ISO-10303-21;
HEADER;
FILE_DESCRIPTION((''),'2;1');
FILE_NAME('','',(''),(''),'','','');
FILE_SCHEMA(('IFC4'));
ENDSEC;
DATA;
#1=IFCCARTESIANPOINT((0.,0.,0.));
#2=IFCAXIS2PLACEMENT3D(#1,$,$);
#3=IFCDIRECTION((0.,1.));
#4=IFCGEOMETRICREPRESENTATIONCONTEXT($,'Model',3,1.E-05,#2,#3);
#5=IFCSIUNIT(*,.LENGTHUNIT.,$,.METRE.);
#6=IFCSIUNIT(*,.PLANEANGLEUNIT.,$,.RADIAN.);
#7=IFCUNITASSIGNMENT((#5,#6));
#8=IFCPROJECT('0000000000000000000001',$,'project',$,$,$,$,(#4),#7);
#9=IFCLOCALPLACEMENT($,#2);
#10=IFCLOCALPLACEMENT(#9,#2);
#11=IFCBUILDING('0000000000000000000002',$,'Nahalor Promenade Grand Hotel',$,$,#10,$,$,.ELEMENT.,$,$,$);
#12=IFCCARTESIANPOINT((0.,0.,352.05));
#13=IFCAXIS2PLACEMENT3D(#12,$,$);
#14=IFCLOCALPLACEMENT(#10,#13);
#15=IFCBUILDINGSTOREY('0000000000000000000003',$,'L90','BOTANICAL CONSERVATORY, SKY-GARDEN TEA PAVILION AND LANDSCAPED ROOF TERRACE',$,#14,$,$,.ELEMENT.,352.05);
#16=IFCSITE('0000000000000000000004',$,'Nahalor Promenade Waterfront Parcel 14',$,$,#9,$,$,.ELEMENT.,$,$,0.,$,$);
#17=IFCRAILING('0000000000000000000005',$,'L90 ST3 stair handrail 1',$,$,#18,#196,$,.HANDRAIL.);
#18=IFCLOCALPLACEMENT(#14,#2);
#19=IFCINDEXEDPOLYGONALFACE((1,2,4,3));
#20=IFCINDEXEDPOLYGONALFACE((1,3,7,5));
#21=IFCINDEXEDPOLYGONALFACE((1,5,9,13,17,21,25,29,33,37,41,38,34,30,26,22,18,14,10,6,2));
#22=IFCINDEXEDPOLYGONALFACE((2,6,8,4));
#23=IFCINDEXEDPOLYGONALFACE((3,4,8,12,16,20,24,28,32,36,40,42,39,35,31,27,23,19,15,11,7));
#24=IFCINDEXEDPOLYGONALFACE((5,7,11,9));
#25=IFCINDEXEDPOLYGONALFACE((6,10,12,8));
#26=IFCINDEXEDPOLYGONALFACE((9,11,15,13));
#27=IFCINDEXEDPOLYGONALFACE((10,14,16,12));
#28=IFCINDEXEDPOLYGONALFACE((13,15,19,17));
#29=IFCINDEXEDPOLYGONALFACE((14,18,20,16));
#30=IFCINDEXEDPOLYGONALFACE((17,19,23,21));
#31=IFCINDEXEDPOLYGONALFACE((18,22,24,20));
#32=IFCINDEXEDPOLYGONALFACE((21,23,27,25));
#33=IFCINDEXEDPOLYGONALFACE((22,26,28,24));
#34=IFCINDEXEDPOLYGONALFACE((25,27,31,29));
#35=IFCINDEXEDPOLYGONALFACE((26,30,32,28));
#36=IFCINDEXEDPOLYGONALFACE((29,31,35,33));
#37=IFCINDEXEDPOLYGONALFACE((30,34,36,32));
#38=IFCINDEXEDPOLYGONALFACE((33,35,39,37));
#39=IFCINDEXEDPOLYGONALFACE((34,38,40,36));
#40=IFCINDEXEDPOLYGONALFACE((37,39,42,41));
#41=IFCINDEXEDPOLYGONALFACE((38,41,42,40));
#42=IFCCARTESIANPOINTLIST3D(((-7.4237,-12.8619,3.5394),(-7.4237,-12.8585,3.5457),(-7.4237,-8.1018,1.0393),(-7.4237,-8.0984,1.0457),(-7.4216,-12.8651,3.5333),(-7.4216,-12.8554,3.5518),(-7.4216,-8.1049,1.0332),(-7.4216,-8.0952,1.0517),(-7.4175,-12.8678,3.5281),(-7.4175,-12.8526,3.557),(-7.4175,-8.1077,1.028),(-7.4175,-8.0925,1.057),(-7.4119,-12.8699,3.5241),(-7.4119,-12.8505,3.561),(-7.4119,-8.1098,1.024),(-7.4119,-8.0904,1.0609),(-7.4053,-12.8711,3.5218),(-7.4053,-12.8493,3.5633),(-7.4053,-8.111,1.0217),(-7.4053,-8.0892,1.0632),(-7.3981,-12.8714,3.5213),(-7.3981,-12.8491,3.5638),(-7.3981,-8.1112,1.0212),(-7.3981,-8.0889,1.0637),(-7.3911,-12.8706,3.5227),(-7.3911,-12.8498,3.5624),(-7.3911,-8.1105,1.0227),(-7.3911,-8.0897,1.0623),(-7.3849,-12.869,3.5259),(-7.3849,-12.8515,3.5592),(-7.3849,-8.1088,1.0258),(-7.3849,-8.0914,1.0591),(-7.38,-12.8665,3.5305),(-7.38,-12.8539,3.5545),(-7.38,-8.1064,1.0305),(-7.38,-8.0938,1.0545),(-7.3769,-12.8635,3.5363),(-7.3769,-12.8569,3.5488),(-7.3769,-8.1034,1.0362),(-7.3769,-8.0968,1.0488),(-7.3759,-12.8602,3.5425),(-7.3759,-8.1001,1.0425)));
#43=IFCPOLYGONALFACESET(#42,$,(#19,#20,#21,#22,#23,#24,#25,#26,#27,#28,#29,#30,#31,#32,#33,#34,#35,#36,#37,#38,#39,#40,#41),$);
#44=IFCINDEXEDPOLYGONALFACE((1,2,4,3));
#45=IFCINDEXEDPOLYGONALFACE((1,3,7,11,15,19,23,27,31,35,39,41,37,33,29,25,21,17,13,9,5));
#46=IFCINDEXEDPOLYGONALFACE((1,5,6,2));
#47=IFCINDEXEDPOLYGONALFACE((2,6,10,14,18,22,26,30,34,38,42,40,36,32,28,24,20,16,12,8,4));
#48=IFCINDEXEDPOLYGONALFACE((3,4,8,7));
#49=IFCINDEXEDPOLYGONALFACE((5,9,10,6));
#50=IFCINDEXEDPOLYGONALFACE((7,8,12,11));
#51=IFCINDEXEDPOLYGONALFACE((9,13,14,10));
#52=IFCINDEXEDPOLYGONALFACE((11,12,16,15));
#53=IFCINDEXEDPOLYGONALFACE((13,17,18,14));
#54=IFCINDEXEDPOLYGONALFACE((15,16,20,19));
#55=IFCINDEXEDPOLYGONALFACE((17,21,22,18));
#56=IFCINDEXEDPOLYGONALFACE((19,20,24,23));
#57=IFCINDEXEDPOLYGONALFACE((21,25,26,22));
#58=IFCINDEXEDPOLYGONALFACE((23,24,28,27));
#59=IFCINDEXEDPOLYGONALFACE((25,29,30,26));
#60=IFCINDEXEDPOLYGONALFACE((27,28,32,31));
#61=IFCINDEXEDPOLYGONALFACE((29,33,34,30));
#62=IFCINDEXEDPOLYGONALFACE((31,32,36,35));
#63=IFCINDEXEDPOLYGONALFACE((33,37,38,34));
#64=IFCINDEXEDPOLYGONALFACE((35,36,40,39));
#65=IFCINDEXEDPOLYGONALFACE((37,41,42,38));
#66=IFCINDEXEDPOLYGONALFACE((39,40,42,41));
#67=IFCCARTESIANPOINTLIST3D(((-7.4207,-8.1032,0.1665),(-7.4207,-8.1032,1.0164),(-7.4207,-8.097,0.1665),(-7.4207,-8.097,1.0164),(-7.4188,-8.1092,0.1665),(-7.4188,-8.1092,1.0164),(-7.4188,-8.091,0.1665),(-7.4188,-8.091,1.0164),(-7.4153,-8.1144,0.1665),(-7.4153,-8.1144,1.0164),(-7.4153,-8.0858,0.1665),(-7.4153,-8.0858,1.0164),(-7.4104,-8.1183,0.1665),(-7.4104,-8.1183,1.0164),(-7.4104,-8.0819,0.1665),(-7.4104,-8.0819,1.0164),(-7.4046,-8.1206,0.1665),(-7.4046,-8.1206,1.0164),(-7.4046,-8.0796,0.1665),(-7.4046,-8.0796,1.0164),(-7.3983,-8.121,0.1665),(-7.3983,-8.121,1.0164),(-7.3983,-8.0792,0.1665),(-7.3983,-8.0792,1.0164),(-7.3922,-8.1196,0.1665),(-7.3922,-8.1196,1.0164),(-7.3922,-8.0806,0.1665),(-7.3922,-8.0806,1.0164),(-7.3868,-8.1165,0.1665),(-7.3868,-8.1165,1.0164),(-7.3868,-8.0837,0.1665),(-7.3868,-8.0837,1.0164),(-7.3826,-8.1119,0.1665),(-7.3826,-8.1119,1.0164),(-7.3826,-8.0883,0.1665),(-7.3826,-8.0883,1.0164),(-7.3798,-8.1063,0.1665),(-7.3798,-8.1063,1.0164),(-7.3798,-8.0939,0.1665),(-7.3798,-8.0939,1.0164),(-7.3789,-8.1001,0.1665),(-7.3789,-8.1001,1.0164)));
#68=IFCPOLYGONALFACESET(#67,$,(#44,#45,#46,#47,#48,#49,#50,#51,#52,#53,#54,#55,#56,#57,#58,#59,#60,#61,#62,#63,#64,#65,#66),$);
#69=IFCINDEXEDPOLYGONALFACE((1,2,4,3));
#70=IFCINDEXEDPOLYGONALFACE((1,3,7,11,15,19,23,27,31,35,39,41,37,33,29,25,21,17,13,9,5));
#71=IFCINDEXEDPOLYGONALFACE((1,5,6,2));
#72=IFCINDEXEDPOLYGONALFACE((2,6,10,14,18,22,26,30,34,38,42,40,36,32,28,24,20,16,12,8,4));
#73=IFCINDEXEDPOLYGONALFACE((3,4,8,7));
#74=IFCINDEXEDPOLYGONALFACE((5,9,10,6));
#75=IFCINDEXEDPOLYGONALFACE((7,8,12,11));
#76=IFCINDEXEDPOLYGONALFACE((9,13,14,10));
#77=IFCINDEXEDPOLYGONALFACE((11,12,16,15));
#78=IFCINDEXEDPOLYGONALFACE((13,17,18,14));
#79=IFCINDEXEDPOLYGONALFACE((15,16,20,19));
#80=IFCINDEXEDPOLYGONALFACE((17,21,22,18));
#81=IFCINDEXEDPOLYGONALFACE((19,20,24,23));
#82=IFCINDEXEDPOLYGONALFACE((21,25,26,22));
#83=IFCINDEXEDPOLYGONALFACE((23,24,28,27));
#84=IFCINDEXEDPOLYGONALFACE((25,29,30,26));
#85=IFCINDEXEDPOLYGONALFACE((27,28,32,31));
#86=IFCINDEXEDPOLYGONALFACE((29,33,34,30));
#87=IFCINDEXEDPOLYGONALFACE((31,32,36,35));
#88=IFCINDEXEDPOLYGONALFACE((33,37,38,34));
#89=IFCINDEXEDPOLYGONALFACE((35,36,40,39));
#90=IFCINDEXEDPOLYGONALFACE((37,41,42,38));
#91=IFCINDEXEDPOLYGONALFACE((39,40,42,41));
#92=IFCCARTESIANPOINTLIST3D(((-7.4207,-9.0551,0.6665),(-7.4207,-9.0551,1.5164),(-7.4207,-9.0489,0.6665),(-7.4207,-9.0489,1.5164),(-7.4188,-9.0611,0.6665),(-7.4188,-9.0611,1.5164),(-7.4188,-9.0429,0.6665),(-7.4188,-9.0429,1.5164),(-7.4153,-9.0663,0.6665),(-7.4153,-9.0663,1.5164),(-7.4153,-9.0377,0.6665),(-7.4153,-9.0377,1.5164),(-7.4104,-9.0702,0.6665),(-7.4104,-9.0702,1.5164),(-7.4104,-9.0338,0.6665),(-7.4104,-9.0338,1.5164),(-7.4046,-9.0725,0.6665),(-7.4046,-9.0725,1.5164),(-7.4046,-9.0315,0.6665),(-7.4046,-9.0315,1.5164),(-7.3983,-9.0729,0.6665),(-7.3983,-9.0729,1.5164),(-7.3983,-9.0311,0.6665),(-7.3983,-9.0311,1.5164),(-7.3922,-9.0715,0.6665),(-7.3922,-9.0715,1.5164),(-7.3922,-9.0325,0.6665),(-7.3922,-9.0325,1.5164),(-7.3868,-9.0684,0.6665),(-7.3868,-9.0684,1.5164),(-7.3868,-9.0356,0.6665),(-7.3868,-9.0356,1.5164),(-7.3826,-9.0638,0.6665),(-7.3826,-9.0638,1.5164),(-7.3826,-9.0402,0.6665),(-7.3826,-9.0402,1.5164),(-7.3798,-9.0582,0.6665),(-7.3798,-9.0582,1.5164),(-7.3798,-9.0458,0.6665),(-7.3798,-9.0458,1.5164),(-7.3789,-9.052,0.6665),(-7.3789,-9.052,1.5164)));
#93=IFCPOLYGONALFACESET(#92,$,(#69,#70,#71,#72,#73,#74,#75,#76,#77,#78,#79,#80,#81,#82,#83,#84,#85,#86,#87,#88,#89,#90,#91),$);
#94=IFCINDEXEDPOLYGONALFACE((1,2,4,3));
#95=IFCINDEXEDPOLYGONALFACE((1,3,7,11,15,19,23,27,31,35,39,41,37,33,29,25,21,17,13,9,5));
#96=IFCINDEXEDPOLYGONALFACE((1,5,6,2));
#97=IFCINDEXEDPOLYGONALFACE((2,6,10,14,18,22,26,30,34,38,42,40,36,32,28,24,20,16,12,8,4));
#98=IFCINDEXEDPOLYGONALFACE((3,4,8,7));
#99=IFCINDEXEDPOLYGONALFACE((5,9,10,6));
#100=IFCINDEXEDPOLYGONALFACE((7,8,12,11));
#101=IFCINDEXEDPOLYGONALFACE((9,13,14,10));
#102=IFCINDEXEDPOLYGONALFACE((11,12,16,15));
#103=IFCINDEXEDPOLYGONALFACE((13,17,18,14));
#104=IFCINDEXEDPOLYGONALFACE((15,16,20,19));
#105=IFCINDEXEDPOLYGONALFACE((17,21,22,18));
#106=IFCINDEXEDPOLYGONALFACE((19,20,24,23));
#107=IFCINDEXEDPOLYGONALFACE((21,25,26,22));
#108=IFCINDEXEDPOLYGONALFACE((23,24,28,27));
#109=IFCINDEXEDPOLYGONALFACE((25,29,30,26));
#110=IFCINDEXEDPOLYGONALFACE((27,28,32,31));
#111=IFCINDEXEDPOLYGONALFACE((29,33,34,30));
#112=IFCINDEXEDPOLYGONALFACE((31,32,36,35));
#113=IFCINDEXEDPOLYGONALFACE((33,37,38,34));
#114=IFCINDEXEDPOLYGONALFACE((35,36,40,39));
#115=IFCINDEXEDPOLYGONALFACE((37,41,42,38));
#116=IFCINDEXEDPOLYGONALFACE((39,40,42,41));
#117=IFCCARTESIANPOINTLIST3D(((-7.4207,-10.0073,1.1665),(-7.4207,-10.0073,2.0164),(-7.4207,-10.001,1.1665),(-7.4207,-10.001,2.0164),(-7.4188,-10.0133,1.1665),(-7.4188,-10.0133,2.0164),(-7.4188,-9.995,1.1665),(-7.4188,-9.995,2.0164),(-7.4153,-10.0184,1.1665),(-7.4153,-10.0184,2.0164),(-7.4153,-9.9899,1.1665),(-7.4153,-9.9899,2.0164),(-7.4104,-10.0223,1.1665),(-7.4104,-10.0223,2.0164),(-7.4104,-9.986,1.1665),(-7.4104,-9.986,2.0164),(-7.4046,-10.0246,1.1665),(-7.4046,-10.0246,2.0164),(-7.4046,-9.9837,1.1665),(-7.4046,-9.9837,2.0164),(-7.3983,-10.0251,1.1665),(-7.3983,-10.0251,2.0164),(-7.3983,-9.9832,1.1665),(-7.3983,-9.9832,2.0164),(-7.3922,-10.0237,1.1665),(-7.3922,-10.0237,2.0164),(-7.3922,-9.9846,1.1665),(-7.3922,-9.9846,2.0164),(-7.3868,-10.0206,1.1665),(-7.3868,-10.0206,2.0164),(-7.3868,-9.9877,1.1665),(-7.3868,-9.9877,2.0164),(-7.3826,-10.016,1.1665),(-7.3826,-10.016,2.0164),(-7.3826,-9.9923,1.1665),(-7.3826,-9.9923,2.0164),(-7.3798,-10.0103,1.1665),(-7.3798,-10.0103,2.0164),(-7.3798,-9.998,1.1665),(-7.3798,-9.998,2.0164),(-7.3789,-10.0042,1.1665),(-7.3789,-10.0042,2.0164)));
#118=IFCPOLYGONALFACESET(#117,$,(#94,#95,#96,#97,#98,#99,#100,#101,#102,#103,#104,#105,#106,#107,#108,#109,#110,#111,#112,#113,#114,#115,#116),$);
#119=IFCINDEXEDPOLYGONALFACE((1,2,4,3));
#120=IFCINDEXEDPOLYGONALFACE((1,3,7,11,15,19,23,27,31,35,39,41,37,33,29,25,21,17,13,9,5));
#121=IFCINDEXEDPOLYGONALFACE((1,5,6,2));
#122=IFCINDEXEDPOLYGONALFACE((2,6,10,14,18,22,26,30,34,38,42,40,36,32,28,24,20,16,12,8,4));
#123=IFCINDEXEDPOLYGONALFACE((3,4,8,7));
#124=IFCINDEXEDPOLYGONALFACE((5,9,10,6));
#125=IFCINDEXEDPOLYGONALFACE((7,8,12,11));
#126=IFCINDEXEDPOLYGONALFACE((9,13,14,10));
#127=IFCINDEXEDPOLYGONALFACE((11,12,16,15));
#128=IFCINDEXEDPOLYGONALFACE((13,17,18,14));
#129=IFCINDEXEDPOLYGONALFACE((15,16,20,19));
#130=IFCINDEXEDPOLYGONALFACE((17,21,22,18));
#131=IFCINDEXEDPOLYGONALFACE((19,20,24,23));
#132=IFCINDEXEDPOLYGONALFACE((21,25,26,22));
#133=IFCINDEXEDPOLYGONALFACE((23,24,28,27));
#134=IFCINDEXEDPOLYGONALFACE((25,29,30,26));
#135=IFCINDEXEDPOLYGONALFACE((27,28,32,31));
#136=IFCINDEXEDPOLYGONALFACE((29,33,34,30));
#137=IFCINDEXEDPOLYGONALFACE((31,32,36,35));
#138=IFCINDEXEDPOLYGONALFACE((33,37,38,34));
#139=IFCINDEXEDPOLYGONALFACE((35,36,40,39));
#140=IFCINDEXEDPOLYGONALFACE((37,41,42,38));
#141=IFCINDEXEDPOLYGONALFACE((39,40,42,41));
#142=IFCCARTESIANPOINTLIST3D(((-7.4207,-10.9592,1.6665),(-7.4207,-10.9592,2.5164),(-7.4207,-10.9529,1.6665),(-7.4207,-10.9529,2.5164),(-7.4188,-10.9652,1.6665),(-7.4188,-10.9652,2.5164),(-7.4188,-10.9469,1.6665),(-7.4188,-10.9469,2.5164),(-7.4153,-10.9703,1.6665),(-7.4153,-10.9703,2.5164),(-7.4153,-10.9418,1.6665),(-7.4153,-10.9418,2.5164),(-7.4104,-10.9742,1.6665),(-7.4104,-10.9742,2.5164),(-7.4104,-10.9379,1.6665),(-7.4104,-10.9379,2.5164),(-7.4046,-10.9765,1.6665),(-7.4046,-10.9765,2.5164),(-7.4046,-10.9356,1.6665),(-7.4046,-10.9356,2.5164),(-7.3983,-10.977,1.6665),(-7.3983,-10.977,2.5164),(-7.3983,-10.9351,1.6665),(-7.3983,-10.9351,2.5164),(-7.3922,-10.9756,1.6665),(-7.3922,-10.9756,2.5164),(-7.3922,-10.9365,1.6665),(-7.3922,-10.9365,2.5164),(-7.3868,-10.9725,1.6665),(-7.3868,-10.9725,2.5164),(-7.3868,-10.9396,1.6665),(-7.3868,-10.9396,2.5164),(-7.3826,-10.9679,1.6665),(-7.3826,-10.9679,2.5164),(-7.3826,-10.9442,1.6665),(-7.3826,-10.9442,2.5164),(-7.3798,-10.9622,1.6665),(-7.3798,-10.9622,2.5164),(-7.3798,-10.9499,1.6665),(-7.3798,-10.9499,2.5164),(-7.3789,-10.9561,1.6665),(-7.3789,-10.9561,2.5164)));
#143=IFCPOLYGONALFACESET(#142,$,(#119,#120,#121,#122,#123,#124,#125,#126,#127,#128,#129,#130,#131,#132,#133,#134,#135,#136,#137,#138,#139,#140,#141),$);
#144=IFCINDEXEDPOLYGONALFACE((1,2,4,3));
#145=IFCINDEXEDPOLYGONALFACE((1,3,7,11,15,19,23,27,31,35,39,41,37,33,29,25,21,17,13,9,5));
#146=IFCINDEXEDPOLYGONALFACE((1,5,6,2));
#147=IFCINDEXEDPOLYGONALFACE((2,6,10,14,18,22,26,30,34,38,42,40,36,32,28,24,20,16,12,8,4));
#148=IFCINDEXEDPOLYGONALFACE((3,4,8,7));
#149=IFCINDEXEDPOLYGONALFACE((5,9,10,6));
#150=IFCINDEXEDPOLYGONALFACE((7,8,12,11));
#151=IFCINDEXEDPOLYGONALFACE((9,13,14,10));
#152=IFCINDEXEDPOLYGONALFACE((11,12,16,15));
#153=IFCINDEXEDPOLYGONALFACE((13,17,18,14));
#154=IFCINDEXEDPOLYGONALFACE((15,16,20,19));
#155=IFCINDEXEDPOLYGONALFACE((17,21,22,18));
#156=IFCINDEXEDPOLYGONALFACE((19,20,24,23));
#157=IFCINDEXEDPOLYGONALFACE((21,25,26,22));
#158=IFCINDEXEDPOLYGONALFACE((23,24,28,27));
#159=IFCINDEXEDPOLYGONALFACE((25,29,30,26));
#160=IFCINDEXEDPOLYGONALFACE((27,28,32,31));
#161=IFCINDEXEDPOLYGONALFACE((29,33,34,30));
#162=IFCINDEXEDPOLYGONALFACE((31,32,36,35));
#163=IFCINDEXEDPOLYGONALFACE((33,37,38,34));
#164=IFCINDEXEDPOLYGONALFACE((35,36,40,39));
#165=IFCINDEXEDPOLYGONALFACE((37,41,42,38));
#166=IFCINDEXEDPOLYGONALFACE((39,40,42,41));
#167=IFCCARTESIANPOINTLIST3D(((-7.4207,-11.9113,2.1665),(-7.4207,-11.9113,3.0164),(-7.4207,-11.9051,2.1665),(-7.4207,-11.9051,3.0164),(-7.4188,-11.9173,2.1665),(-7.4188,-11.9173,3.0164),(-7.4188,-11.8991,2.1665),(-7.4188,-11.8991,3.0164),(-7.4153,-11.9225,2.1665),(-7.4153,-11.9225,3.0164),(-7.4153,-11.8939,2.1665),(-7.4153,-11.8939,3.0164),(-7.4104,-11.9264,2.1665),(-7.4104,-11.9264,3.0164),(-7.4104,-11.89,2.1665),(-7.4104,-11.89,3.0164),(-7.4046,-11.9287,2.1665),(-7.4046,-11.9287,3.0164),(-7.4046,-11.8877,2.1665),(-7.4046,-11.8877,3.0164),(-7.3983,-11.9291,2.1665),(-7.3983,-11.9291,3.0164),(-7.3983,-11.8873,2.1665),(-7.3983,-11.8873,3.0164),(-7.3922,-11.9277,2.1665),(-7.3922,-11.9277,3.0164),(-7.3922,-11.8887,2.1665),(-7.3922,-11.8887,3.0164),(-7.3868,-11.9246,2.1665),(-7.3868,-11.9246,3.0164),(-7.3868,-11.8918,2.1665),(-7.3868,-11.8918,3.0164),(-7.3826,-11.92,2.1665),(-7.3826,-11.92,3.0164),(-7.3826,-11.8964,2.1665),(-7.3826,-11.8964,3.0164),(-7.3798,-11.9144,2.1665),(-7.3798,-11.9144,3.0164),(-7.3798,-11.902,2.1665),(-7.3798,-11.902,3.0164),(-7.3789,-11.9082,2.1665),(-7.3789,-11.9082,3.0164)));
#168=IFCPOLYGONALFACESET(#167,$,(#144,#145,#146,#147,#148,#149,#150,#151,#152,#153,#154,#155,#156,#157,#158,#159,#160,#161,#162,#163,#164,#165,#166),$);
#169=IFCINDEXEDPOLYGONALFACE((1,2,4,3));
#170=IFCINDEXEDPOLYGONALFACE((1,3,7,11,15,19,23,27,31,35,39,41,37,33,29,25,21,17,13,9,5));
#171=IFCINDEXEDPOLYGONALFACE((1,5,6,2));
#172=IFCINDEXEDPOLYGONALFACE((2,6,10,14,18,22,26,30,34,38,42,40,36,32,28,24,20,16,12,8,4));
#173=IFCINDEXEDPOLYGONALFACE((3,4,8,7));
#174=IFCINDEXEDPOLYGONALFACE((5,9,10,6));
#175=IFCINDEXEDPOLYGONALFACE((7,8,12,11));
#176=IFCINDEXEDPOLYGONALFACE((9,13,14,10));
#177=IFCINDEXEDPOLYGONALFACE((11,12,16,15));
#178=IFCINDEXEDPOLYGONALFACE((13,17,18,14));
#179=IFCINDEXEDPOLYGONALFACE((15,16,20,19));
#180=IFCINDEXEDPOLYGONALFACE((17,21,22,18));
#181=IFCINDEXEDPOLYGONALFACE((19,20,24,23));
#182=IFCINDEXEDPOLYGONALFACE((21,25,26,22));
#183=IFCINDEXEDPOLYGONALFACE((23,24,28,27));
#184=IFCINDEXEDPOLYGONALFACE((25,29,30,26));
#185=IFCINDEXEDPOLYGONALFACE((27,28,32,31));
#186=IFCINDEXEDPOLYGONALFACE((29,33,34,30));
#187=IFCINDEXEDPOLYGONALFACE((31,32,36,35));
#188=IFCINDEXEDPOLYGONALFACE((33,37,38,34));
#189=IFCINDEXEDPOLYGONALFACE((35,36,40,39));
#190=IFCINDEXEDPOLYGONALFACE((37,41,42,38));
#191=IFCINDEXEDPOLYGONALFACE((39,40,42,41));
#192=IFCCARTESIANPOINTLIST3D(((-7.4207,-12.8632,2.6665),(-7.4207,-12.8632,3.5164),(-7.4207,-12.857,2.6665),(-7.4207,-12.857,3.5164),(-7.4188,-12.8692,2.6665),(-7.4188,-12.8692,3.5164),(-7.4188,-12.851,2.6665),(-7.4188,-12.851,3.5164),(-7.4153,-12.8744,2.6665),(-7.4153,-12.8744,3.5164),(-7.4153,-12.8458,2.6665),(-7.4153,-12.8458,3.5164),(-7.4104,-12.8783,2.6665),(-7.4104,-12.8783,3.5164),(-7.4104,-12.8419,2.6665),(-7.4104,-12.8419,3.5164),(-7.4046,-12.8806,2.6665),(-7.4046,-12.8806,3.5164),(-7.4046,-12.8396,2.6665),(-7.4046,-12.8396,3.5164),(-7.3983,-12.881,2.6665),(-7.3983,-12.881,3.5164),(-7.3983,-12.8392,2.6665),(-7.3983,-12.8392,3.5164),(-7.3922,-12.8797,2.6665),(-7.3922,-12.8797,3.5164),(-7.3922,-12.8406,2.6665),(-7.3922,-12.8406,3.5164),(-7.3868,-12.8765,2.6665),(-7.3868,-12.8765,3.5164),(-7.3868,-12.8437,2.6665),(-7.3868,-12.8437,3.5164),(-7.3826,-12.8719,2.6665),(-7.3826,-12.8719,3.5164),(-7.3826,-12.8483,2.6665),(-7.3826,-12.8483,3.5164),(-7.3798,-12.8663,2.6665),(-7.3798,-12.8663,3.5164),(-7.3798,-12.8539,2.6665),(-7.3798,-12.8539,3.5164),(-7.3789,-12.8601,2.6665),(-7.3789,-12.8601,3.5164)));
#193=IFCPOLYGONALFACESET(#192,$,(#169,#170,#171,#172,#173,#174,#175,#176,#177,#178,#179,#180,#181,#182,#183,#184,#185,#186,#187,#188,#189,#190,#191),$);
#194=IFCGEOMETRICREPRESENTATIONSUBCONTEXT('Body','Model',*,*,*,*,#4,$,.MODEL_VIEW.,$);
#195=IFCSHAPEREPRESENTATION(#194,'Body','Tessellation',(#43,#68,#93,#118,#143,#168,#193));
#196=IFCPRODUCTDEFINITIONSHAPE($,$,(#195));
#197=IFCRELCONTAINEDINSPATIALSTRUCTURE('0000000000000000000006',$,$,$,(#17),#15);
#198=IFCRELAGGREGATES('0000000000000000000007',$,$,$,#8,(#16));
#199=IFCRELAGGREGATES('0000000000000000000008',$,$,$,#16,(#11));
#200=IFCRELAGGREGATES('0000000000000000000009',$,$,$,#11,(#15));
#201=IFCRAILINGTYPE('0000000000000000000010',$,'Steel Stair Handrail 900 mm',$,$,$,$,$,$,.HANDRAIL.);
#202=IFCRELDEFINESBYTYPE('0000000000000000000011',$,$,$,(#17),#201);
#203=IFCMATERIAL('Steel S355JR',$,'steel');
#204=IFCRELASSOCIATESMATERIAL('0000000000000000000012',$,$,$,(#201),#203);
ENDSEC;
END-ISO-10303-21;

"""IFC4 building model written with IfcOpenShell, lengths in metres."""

from ifc_helpers import new_model, si_unit, direction, frame, origin, origin_2d, place, context, subcontext, project, spatial, circle, extrude, material, type_object, element, save


model = new_model("IFC4")

# Units and contexts
model_context = context("Model", 3, precision=1e-05, world=origin(), true_north=direction((0.0, 1.0)))
body_context = subcontext(model_context, "Body", "Model", "MODEL_VIEW")
ifc_project = project(units=[si_unit("LENGTHUNIT", "METRE"), si_unit("PLANEANGLEUNIT", "RADIAN")], contexts=[model_context])

# Site, building, storey
site_placement = place(None, origin())
site = spatial("IfcSite", under=ifc_project, at=site_placement, Name="Nahalor Promenade Waterfront Parcel 14", CompositionType="ELEMENT", RefElevation=0.0)
building_placement = place(site_placement, origin())
building = spatial("IfcBuilding", under=site, at=building_placement, Name="Nahalor Promenade Grand Hotel", CompositionType="ELEMENT")
storey_placement = place(building_placement, frame((0.0, 0.0, 352.05)))
storey = spatial("IfcBuildingStorey", under=building, at=storey_placement, Name="L90", Description="BOTANICAL CONSERVATORY, SKY-GARDEN TEA PAVILION AND LANDSCAPED ROOF TERRACE", CompositionType="ELEMENT", Elevation=352.05)

# Shared definitions
ifc_material_1 = material(Name="Steel S355JR", Category="steel")

# Railing
railing_type_1 = type_object("IfcRailingType", Name="Steel Stair Handrail 900 mm", PredefinedType="HANDRAIL", material=ifc_material_1)
for number, where, name in (
    (1, (-7.3999, -8.1001, 0.1665), "L90 ST3 stair handrail 1"),
):
    element("IfcRailing", number, at=place(storey_placement, frame(where)), inside=storey, type_object=railing_type_1, Name=name, PredefinedType="HANDRAIL", context=body_context, shape_type="SweptSolid", body=[
        extrude(circle(Radius=0.024, at=origin_2d()), frame((0.0, 0.0, 0.876), z_axis=(0.0, -0.885322, 0.464979), x_axis=(1.0, 0.0, 0.0)), (0.0, 0.0, 1.0), 5.3767),
        extrude(circle(Radius=0.021, at=origin_2d()), origin(), (0.0, 0.0, 1.0), 0.8499),
        extrude(circle(Radius=0.021, at=origin_2d()), frame((0.0, -0.9519, 0.5)), (0.0, 0.0, 1.0), 0.8499),
        extrude(circle(Radius=0.021, at=origin_2d()), frame((0.0, -1.9041, 1.0)), (0.0, 0.0, 1.0), 0.8499),
        extrude(circle(Radius=0.021, at=origin_2d()), frame((0.0, -2.856, 1.5)), (0.0, 0.0, 1.0), 0.8499),
        extrude(circle(Radius=0.021, at=origin_2d()), frame((0.0, -3.8081, 2.0)), (0.0, 0.0, 1.0), 0.8499),
        extrude(circle(Radius=0.021, at=origin_2d()), frame((0.0, -4.76, 2.5)), (0.0, 0.0, 1.0), 0.8499),
    ])

save(model, "model.ifc")
